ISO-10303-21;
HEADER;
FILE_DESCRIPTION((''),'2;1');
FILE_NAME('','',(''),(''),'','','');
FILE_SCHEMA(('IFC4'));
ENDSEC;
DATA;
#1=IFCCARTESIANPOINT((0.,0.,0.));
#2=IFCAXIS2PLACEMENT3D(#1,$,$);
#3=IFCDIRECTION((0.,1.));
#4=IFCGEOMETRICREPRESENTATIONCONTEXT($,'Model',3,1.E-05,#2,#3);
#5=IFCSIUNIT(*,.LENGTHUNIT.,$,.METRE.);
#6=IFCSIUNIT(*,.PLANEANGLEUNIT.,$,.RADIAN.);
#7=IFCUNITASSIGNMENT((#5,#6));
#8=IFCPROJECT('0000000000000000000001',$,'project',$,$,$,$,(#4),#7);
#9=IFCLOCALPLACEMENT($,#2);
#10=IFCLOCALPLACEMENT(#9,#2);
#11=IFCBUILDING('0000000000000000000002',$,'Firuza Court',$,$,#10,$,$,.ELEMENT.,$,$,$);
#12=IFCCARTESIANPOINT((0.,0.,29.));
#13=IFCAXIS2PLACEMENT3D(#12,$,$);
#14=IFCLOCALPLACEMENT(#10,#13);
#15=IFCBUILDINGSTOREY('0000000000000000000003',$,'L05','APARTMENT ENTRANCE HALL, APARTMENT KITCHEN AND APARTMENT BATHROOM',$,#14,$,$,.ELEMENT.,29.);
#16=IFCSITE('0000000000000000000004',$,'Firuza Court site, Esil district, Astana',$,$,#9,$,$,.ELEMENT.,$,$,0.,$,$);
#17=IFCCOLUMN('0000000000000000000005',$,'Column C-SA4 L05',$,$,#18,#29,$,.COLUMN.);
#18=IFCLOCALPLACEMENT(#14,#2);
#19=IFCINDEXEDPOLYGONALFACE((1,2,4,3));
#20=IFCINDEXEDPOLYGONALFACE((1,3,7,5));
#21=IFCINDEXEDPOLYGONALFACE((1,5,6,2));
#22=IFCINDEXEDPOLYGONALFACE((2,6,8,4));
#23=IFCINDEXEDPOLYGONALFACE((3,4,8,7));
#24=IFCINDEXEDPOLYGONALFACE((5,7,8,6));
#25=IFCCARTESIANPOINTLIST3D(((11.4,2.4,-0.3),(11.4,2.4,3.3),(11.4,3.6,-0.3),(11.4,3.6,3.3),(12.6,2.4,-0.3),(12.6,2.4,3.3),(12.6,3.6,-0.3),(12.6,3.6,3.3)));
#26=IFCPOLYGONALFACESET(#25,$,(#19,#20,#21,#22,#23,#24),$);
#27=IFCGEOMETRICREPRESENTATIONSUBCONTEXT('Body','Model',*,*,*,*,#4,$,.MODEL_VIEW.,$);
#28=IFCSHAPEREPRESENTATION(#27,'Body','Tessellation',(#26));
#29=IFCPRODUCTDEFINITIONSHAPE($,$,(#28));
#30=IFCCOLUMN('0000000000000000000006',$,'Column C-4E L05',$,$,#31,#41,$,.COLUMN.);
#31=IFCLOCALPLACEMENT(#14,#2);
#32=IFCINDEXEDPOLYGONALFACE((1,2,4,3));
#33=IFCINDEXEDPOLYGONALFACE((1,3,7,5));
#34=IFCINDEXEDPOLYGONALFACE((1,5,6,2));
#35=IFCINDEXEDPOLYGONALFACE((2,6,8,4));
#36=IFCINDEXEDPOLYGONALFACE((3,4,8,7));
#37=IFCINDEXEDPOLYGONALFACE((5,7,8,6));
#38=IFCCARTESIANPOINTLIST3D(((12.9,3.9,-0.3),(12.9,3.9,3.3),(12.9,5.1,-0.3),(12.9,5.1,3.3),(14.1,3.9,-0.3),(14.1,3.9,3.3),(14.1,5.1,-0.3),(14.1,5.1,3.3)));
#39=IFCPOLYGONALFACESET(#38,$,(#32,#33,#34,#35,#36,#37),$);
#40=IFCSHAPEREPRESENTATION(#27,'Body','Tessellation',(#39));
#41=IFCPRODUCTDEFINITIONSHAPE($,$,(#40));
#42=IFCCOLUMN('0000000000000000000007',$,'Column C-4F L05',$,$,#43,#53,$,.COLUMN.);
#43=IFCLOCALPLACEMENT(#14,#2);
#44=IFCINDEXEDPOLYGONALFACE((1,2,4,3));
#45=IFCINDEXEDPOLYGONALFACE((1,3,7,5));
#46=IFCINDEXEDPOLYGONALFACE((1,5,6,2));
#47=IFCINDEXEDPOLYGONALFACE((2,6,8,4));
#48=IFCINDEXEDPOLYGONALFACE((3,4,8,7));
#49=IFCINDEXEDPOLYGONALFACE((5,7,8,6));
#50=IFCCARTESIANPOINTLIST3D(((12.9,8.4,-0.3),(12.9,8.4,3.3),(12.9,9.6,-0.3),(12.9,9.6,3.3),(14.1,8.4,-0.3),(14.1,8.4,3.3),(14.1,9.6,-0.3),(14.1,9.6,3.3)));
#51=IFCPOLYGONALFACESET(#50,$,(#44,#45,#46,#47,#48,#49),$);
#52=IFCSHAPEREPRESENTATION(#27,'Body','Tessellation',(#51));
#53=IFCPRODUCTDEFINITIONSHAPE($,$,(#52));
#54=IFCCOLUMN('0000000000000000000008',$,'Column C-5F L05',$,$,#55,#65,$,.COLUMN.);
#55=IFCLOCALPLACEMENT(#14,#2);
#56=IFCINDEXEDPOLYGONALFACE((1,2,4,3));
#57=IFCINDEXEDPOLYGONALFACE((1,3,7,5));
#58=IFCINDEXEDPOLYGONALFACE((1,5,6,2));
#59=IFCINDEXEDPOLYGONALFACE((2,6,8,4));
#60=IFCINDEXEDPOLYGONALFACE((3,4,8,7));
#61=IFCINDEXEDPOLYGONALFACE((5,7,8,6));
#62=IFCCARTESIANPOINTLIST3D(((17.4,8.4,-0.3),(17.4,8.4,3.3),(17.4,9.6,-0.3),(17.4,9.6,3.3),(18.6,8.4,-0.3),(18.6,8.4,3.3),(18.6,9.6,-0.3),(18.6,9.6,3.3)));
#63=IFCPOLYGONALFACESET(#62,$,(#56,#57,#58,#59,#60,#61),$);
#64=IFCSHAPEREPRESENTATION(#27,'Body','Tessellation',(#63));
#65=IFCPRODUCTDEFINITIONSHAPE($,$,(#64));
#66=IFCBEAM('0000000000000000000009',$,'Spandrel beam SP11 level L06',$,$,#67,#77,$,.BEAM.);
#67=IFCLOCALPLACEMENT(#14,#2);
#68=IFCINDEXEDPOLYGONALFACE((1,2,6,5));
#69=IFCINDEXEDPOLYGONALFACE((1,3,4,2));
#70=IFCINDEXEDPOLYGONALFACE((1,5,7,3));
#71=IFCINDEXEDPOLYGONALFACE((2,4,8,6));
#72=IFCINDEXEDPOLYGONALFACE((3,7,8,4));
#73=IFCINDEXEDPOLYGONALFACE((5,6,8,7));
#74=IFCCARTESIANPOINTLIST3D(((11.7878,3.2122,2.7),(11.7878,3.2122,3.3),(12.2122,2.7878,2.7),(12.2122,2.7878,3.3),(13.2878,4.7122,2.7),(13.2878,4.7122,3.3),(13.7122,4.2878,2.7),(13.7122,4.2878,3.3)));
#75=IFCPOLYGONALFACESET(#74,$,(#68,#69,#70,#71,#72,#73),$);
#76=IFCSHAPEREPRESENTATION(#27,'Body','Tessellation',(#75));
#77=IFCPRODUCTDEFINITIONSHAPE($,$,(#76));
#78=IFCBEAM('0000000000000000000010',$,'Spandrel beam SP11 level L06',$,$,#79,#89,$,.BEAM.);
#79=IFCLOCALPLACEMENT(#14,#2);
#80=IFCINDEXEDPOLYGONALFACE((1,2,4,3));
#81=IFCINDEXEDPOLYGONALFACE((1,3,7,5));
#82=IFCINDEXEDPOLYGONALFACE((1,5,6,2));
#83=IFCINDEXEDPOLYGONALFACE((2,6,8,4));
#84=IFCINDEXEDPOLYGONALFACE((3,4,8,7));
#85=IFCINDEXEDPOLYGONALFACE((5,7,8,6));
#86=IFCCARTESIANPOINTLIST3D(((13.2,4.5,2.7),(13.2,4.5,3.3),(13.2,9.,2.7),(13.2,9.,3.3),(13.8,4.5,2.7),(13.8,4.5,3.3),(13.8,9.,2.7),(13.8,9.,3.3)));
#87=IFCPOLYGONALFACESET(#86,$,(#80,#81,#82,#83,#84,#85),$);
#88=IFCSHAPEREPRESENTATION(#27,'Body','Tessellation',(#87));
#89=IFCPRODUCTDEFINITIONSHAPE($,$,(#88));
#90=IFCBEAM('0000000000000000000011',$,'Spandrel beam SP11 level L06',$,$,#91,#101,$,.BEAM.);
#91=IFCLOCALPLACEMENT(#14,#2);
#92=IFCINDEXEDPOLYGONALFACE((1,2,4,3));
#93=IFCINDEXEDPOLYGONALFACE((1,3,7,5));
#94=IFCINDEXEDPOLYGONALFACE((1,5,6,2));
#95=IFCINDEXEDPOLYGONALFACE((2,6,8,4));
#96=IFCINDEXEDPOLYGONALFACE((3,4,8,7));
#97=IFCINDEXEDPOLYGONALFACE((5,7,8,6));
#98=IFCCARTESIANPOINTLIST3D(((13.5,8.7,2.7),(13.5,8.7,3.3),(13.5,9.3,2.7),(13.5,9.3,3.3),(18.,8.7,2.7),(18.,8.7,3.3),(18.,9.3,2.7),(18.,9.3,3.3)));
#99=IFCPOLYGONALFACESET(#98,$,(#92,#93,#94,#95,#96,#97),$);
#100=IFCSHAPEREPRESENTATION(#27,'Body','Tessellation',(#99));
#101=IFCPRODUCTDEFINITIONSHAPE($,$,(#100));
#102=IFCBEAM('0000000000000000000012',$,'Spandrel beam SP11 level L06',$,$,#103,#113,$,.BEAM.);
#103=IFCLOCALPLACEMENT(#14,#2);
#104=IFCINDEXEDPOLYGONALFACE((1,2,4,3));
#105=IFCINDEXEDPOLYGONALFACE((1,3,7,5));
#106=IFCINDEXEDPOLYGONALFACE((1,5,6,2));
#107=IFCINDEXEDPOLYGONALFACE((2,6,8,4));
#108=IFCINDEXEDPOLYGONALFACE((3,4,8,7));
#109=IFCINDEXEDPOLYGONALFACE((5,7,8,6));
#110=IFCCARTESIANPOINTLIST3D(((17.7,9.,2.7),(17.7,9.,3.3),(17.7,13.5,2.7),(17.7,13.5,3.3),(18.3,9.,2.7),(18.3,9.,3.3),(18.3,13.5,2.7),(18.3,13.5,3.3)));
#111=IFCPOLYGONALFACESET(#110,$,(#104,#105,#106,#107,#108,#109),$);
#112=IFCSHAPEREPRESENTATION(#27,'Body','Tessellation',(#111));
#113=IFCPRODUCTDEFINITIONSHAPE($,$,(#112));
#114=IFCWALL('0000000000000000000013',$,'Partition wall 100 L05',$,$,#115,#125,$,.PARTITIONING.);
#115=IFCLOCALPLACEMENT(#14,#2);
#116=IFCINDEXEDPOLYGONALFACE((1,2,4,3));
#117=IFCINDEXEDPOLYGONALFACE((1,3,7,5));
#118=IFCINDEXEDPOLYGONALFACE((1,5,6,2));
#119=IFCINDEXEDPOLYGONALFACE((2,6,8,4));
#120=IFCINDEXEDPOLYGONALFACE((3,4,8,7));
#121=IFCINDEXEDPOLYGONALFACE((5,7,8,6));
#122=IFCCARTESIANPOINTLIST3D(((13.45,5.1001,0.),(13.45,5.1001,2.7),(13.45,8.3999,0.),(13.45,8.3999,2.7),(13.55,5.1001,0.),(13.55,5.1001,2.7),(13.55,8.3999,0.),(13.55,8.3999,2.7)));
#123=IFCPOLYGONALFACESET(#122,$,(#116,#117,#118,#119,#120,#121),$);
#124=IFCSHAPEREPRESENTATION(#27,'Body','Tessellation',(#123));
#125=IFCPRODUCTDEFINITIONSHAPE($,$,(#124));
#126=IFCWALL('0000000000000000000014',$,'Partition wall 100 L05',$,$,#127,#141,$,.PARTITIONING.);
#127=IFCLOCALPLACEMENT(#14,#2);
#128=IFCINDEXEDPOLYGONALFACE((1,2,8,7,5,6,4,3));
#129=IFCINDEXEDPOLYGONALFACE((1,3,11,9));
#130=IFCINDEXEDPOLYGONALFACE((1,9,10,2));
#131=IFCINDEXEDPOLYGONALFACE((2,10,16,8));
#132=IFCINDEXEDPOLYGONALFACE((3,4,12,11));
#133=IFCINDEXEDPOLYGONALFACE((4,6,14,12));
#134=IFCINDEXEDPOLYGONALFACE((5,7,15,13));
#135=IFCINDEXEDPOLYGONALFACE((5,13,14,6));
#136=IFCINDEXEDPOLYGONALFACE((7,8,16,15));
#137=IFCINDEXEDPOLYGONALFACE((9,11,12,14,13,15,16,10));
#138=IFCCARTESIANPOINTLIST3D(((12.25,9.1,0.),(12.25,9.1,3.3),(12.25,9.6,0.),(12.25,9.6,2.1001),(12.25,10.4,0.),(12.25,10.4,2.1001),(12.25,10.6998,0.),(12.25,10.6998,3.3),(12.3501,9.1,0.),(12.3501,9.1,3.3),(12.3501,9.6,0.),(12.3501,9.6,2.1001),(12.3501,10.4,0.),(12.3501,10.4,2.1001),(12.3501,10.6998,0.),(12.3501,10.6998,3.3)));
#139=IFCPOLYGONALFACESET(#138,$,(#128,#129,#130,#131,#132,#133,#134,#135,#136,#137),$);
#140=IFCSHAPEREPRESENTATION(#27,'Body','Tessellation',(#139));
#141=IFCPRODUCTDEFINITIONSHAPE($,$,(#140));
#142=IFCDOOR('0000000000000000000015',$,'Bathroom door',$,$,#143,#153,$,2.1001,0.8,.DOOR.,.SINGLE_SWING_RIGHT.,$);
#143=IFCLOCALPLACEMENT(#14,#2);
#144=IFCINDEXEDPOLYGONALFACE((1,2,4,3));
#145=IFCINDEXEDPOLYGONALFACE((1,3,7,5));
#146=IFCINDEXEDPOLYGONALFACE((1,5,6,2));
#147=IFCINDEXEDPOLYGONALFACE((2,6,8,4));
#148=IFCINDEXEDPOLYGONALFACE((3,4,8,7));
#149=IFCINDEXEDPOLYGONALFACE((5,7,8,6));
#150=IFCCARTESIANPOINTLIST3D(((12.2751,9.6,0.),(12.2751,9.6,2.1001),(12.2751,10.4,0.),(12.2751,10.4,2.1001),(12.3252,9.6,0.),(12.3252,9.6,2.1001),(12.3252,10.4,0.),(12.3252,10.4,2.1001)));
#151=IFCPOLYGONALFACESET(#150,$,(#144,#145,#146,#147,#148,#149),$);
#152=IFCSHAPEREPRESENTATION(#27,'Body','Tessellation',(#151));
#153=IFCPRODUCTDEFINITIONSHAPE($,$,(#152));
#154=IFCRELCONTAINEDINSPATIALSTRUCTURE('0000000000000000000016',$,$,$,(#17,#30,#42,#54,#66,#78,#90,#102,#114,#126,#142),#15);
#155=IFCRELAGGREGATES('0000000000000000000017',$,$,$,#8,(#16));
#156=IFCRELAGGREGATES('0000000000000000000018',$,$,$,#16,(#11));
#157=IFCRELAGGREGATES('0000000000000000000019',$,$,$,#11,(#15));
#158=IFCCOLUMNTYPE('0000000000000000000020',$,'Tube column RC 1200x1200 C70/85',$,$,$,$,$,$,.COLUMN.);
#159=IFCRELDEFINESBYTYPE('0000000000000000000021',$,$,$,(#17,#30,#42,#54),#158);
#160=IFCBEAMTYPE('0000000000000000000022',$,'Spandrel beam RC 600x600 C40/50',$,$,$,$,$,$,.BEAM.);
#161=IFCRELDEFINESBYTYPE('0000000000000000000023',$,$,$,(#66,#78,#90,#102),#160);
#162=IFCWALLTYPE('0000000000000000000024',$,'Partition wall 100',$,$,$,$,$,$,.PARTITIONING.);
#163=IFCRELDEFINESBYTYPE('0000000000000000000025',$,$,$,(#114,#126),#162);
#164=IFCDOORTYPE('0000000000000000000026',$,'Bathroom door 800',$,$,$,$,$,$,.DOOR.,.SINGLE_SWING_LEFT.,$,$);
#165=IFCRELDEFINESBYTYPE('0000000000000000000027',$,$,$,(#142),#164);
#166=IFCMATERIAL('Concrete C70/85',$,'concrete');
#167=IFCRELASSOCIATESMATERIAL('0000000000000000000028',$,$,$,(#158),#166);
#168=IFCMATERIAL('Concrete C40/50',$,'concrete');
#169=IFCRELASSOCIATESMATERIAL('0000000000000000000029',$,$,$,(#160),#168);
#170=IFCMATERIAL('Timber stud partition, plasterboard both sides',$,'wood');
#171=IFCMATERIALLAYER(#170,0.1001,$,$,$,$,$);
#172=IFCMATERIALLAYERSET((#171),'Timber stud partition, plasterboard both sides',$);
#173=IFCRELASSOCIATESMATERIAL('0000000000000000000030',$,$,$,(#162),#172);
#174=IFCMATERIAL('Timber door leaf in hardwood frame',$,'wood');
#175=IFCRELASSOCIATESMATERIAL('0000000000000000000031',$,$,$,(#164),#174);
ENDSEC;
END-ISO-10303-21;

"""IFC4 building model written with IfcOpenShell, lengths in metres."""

from ifc_helpers import new_model, si_unit, direction, frame, frame_2d, origin, origin_2d, place, context, subcontext, project, spatial, rectangle, extrude, material, layer, layer_set, material_profile, profile_set, type_object, element, fill, save


model = new_model("IFC4")

# Units and contexts
model_context = context("Model", 3, precision=1e-05, world=origin(), true_north=direction((0.0, 1.0)))
body_context = subcontext(model_context, "Body", "Model", "MODEL_VIEW")
ifc_project = project(units=[si_unit("LENGTHUNIT", "METRE"), si_unit("PLANEANGLEUNIT", "RADIAN")], contexts=[model_context])

# Site, building, storey
site_placement = place(None, origin())
site = spatial("IfcSite", under=ifc_project, at=site_placement, Name="Firuza Court site, Esil district, Astana", CompositionType="ELEMENT", RefElevation=0.0)
building_placement = place(site_placement, origin())
building = spatial("IfcBuilding", under=site, at=building_placement, Name="Firuza Court", CompositionType="ELEMENT")
storey_placement = place(building_placement, frame((0.0, 0.0, 29.0)))
storey = spatial("IfcBuildingStorey", under=building, at=storey_placement, Name="L05", Description="APARTMENT ENTRANCE HALL, APARTMENT KITCHEN AND APARTMENT BATHROOM", CompositionType="ELEMENT", Elevation=29.0)

# Columns
ifc_material_1 = material(Name="Concrete C70/85", Category="concrete")
ifc_material_profile_1 = material_profile(ifc_material_1, rectangle(XDim=1.2, YDim=1.2, at=origin_2d()), Name="RC 1200x1200")
ifc_profile_set_1 = profile_set([ifc_material_profile_1], Name="Concrete C70/85")
column_type = type_object("IfcColumnType", Name="Tube column RC 1200x1200 C70/85", PredefinedType="COLUMN", material=ifc_profile_set_1)
for number, where, z_axis, x_axis, name in (
    (1, (12.0, 3.0, -0.3), (0.0, 0.0, 1.0), (1.0, 0.0, 0.0), "Column C-SA4 L05"),
    (2, (13.5, 4.5, -0.3), (0.0, 0.0, 1.0), (1.0, 0.0, 0.0), "Column C-4E L05"),
    (3, (13.5, 9.0, -0.3), (0.0, 0.0, 1.0), (1.0, 0.0, 0.0), "Column C-4F L05"),
    (4, (18.0, 9.0, -0.3), (0.0, 0.0, 1.0), (1.0, 0.0, 0.0), "Column C-5F L05"),
):
    element("IfcColumn", number, at=place(storey_placement, frame(where, z_axis=z_axis, x_axis=x_axis)), inside=storey, type_object=column_type, Name=name, PredefinedType="COLUMN", context=body_context, shape_type="SweptSolid", body=[
        extrude(rectangle(XDim=1.2, YDim=1.2, at=origin_2d()), origin(), (0.0, 0.0, 1.0), 3.6001),
    ])

# Beams
ifc_material_2 = material(Name="Concrete C40/50", Category="concrete")
ifc_material_profile_2 = material_profile(ifc_material_2, rectangle(XDim=0.6001, YDim=0.6001, at=origin_2d()), Name="RC 600x600")
ifc_profile_set_2 = profile_set([ifc_material_profile_2], Name="Concrete C40/50")
beam_type = type_object("IfcBeamType", Name="Spandrel beam RC 600x600 C40/50", PredefinedType="BEAM", material=ifc_profile_set_2)
beam_placement = place(storey_placement, frame((12.0, 3.0, 3.0), z_axis=(0.707107, 0.707107, 0.0), x_axis=(-0.707107, 0.707107, 0.0)))
element("IfcBeam", 5, at=beam_placement, inside=storey, type_object=beam_type, Name="Spandrel beam SP11 level L06", PredefinedType="BEAM", context=body_context, shape_type="SweptSolid", body=[
    extrude(rectangle(XDim=0.6001, YDim=0.6001, at=origin_2d()), origin(), (0.0, 0.0, 1.0), 2.1213),
])
for number, where, z_axis, x_axis, name in (
    (6, (13.5, 4.5, 3.0), (0.0, 1.0, 0.0), (-1.0, 0.0, 0.0), "Spandrel beam SP11 level L06"),
    (7, (13.5, 9.0, 3.0), (1.0, 0.0, 0.0), (0.0, 1.0, 0.0), "Spandrel beam SP11 level L06"),
    (8, (18.0, 9.0, 3.0), (0.0, 1.0, 0.0), (-1.0, 0.0, 0.0), "Spandrel beam SP11 level L06"),
):
    element("IfcBeam", number, at=place(storey_placement, frame(where, z_axis=z_axis, x_axis=x_axis)), inside=storey, type_object=beam_type, Name=name, PredefinedType="BEAM", context=body_context, shape_type="SweptSolid", body=[
        extrude(rectangle(XDim=0.6001, YDim=0.6001, at=origin_2d()), origin(), (0.0, 0.0, 1.0), 4.5),
    ])

# Wall
ifc_material_3 = material(Name="Timber stud partition, plasterboard both sides", Category="wood")
ifc_layer_1 = layer(ifc_material_3, 0.1001)
ifc_layer_set_1 = layer_set([ifc_layer_1], Name="Timber stud partition, plasterboard both sides")
wall_type_1 = type_object("IfcWallType", Name="Partition wall 100", PredefinedType="PARTITIONING", material=ifc_layer_set_1)
wall_1_placement = place(storey_placement, frame((13.5, 5.1001, 0.0), z_axis=(0.0, 0.0, 1.0), x_axis=(0.0, 1.0, 0.0)))
element("IfcWall", 9, at=wall_1_placement, inside=storey, type_object=wall_type_1, Name="Partition wall 100 L05", PredefinedType="PARTITIONING", context=body_context, shape_type="SweptSolid", body=[
    extrude(rectangle(XDim=3.2998, YDim=0.1001, at=frame_2d((1.6499, 0.0))), origin(), (0.0, 0.0, 1.0), 2.7),
])

# Wall, opening, door
wall_2_placement = place(storey_placement, frame((12.3, 9.1001, 0.0), z_axis=(0.0, 0.0, 1.0), x_axis=(0.0, 1.0, 0.0)))
wall_2 = element("IfcWall", 10, at=wall_2_placement, inside=storey, type_object=wall_type_1, Name="Partition wall 100 L05", PredefinedType="PARTITIONING", context=body_context, shape_type="SweptSolid", body=[
    extrude(rectangle(XDim=1.5999, YDim=0.1001, at=frame_2d((0.7998, 0.0))), origin(), (0.0, 0.0, 1.0), 3.3),
])
opening_1_placement = place(wall_2_placement, frame((0.5, 0.0, 0.0)))
opening_1 = element("IfcOpeningElement", 11, at=opening_1_placement, cuts=wall_2, PredefinedType="OPENING", context=body_context, shape_type="SweptSolid", body=[
    extrude(rectangle(XDim=0.8, YDim=2.1001, at=frame_2d((0.3999, 1.05))), frame((0.0, 0.062, 0.0), z_axis=(0.0, -1.0, 0.0), x_axis=(1.0, 0.0, 0.0)), (0.0, 0.0, 1.0), 0.124),
])
ifc_material_4 = material(Name="Timber door leaf in hardwood frame", Category="wood")
door_type_1 = type_object("IfcDoorType", Name="Bathroom door 800", OperationType="SINGLE_SWING_LEFT", PredefinedType="DOOR", material=ifc_material_4)
door_1_placement = place(opening_1_placement, origin())
door_1 = element("IfcDoor", 12, at=door_1_placement, inside=storey, type_object=door_type_1, Name="Bathroom door", OperationType="SINGLE_SWING_RIGHT", OverallHeight=2.1001, OverallWidth=0.8, PredefinedType="DOOR", context=body_context, shape_type="SweptSolid", body=[
    extrude(rectangle(XDim=0.8, YDim=2.1001, at=frame_2d((0.3999, 1.05))), frame((0.0, 0.0249, 0.0), z_axis=(0.0, -1.0, 0.0), x_axis=(1.0, 0.0, 0.0)), (0.0, 0.0, 1.0), 0.05),
])
fill(opening_1, door_1)

save(model, "model.ifc")
